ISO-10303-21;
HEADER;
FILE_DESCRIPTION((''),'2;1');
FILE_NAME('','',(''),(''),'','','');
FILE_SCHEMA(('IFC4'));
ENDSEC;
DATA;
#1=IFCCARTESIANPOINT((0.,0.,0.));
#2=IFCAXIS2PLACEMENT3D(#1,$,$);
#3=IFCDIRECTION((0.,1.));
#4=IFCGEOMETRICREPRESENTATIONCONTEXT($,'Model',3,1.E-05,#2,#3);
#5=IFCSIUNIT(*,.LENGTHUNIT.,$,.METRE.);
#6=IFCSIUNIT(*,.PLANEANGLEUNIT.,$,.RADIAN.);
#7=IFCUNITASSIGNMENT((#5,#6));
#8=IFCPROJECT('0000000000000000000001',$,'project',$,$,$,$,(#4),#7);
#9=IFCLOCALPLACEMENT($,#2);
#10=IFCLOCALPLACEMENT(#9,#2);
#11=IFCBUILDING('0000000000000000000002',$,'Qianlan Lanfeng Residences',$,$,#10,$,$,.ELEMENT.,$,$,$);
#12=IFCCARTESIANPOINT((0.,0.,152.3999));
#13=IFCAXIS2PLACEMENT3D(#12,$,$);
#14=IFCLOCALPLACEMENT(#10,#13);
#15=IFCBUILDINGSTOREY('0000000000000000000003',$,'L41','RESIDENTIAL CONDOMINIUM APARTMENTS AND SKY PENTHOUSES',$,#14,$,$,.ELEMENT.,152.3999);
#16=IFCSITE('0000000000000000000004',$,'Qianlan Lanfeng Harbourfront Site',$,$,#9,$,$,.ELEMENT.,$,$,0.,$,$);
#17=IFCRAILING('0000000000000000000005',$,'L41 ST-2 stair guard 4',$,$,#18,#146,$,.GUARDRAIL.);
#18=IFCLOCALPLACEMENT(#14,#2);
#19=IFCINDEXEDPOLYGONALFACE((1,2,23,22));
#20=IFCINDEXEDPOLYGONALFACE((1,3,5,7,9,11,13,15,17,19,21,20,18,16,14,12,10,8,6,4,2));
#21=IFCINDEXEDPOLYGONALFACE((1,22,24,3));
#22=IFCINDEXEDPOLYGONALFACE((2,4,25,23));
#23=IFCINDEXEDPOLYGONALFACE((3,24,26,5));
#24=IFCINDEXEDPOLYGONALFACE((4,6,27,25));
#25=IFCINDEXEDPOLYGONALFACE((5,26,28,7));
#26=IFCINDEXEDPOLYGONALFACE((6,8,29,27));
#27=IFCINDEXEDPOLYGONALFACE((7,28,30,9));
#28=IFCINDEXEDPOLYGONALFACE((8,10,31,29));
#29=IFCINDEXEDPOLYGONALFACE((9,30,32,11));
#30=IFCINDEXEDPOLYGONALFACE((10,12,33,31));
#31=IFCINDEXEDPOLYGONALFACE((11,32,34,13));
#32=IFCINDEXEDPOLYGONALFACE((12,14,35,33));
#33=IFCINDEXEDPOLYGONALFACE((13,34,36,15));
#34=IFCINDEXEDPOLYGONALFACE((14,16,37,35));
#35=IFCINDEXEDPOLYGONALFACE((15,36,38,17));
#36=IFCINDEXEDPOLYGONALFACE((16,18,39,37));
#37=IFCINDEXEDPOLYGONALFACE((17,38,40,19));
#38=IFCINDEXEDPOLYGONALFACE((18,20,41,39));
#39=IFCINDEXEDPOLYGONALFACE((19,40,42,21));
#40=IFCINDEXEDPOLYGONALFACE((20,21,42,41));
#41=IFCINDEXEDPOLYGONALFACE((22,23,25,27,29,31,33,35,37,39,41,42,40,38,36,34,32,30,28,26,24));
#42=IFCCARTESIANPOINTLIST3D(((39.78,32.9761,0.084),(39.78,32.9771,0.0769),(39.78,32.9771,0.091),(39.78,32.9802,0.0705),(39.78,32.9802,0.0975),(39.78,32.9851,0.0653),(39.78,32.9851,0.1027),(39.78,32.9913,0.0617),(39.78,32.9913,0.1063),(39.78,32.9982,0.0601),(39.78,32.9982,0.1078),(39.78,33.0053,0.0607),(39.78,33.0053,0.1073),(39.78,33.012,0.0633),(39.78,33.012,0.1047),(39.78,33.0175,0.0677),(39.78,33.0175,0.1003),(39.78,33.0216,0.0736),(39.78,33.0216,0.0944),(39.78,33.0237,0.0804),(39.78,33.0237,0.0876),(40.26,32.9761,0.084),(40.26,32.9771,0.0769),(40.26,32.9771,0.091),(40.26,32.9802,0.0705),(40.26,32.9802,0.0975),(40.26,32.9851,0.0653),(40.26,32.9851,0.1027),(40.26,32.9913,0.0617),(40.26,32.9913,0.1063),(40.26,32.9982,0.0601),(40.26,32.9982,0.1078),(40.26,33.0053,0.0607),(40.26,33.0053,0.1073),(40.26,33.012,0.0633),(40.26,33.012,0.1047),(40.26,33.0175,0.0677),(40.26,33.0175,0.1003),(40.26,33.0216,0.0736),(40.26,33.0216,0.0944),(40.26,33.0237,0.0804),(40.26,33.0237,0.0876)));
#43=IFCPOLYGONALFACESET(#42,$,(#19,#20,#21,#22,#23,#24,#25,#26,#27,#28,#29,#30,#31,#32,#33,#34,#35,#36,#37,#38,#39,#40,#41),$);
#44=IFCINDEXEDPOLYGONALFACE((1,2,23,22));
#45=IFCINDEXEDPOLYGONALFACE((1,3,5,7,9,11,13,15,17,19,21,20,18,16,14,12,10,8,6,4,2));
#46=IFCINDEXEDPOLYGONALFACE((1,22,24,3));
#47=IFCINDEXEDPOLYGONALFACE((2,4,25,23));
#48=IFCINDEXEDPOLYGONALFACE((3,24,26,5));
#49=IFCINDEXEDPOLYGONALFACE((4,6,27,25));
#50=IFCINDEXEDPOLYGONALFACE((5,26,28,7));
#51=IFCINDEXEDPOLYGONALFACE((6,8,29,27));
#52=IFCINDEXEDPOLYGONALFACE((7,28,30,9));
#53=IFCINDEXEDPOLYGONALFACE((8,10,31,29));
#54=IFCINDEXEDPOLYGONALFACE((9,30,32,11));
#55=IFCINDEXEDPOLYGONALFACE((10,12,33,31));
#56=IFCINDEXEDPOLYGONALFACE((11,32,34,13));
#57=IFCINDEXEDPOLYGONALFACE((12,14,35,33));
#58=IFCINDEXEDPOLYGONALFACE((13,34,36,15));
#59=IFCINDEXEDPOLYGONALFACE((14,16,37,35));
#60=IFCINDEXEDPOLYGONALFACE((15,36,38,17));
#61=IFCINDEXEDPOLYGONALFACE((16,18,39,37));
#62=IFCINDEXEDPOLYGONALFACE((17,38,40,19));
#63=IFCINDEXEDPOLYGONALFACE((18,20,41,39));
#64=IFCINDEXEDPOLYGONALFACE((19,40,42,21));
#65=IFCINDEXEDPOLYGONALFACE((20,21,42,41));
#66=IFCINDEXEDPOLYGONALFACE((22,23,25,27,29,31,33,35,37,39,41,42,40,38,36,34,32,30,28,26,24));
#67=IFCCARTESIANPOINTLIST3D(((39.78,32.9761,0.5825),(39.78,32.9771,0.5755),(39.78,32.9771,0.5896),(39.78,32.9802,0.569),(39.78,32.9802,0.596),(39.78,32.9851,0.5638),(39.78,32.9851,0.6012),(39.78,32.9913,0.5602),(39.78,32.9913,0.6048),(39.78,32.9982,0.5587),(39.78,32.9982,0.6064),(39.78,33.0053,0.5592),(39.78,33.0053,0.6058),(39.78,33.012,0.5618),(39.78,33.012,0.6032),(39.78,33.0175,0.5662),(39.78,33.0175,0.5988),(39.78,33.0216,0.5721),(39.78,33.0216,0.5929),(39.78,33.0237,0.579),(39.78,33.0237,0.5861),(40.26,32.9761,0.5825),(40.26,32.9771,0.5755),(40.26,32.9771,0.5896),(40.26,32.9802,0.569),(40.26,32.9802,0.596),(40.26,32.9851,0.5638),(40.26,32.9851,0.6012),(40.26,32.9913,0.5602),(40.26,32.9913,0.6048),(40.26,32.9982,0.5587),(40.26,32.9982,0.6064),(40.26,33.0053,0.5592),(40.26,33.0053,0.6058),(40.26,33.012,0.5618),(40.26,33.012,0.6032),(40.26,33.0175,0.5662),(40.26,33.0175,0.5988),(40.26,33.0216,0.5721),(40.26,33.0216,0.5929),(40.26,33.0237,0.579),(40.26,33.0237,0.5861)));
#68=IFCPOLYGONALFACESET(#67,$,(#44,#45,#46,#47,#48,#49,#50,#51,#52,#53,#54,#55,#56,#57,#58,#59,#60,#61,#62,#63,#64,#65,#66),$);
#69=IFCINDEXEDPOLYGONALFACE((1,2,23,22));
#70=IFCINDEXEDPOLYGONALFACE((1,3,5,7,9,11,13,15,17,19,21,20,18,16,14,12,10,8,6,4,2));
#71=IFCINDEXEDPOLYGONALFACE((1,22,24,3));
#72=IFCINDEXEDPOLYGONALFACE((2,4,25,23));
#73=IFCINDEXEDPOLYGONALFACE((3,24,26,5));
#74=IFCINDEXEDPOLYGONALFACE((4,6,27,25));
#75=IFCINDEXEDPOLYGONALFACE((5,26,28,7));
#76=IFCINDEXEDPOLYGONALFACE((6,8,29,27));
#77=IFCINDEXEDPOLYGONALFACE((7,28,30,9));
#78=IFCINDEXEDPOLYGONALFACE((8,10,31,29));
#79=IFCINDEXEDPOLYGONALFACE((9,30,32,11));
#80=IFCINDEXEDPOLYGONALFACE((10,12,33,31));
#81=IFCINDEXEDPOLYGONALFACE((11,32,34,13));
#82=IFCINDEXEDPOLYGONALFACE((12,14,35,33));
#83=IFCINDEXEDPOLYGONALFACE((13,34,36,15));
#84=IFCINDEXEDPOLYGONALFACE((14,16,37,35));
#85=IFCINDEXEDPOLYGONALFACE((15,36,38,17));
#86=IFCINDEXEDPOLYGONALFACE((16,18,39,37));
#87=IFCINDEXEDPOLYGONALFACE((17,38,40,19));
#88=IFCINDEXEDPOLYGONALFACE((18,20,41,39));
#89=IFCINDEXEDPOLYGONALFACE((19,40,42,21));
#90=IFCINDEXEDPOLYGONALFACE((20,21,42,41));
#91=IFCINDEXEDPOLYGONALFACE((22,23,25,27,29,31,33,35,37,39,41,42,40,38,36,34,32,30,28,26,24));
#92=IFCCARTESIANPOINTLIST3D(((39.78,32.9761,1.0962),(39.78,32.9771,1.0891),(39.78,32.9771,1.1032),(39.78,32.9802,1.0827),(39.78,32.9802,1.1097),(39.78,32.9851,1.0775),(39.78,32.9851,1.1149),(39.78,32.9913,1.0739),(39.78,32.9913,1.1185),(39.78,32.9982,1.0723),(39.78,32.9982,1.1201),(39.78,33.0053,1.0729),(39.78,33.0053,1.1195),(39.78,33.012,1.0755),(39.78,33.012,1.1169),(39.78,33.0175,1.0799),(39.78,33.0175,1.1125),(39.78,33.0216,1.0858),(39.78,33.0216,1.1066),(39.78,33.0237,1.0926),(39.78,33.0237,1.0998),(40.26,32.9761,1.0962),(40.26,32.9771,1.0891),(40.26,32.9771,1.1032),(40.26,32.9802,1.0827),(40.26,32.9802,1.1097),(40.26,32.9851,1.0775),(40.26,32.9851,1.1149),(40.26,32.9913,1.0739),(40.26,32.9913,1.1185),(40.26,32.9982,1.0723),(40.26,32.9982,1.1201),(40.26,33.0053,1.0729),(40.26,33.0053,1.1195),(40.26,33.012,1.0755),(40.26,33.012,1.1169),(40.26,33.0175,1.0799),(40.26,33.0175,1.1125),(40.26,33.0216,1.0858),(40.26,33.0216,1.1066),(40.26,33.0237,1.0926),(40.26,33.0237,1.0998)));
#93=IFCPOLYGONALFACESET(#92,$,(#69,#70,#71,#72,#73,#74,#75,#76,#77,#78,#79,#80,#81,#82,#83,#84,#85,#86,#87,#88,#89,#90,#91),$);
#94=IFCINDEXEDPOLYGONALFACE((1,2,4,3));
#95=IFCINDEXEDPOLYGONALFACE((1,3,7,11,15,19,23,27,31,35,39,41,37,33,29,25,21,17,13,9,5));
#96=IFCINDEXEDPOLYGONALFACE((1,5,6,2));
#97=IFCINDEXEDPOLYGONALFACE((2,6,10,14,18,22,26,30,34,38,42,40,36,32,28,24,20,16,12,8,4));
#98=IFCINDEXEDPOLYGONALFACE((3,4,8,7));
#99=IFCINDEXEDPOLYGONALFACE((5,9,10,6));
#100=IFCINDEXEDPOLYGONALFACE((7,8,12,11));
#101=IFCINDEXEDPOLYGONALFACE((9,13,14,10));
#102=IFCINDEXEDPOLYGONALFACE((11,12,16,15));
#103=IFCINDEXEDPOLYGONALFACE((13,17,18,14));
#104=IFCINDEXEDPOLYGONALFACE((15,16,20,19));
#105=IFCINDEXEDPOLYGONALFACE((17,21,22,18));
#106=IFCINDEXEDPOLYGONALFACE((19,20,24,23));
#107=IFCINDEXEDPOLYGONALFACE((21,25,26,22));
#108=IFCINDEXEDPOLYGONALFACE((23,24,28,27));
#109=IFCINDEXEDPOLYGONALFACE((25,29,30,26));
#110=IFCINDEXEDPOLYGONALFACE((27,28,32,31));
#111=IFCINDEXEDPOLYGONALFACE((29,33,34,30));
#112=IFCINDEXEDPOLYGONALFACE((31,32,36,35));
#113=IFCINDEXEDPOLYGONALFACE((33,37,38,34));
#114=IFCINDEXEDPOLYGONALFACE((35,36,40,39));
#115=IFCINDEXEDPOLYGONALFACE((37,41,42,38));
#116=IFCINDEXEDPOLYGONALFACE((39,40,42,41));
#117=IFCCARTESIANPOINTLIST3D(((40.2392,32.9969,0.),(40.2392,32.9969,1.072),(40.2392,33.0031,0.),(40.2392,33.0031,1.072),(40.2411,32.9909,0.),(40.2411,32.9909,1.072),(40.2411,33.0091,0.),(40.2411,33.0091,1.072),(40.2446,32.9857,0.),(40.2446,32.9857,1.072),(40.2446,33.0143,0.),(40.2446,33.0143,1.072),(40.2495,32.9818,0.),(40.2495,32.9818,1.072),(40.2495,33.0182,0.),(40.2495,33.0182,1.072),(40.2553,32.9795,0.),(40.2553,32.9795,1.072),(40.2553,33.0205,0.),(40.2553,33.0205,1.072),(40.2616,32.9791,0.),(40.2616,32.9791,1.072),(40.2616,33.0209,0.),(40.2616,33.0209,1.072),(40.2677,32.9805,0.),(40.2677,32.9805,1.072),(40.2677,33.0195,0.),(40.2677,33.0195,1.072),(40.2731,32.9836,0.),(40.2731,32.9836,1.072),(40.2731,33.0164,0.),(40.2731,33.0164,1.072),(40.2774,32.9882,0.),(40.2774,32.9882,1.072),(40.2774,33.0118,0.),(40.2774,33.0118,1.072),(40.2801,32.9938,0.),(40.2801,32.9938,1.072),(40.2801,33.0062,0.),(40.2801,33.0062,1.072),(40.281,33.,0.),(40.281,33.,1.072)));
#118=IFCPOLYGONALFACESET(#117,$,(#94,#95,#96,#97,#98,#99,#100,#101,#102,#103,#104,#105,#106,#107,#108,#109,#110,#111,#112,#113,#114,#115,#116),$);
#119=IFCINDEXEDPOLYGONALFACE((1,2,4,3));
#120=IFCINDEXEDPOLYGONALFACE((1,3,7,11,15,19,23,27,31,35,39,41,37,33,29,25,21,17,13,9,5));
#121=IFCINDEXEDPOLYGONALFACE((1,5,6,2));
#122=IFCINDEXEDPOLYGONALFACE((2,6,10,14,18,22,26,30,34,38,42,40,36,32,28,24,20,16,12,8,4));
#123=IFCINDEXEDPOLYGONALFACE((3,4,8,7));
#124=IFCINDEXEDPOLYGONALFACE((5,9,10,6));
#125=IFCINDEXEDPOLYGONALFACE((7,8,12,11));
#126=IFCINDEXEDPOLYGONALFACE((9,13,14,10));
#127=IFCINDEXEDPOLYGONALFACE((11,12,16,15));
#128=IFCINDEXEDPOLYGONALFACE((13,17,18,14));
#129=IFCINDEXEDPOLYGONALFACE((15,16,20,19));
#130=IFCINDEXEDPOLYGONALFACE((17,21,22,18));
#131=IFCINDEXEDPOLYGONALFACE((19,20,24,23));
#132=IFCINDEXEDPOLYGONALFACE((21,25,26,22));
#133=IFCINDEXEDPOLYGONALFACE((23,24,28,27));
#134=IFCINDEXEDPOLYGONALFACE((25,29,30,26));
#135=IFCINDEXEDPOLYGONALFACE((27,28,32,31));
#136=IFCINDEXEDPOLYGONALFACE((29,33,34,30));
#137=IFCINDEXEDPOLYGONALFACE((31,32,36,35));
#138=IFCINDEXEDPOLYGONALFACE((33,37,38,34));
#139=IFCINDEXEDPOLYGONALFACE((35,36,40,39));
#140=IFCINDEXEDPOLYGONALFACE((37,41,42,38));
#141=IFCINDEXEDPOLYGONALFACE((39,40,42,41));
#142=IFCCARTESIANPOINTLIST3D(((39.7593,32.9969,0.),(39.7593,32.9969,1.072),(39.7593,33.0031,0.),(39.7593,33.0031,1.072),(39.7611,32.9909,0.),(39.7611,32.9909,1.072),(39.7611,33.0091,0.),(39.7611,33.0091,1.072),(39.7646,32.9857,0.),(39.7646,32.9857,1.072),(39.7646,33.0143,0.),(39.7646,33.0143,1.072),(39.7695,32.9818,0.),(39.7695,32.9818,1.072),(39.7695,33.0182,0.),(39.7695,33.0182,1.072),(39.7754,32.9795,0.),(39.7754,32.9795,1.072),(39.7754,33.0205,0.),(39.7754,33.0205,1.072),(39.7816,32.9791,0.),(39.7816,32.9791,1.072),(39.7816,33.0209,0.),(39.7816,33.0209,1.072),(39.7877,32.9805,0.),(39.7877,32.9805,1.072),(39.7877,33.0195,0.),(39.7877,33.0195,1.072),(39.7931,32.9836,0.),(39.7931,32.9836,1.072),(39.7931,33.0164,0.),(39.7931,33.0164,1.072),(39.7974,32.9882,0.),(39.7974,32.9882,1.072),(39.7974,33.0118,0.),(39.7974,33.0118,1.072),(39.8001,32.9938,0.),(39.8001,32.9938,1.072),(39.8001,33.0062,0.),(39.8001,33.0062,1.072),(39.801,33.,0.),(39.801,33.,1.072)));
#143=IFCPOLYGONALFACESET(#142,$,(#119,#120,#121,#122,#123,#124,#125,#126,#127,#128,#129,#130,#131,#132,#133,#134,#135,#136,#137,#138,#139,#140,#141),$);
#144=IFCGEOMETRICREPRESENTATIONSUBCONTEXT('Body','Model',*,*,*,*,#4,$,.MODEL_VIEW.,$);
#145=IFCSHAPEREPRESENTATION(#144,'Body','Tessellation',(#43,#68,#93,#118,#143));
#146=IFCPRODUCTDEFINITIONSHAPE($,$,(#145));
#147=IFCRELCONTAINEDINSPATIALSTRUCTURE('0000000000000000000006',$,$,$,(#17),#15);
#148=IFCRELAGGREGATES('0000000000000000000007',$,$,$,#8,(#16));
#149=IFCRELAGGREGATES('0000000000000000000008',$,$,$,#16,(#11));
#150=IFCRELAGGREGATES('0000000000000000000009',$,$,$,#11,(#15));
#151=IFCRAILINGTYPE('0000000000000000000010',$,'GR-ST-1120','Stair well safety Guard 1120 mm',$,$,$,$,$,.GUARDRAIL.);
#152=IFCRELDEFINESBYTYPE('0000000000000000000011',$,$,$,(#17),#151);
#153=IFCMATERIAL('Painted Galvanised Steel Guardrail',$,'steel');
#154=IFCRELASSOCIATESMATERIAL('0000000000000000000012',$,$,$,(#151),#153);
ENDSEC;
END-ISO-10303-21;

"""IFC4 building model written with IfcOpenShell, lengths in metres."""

from ifc_helpers import new_model, si_unit, direction, frame, origin, origin_2d, place, context, subcontext, project, spatial, circle, extrude, material, type_object, element, save


model = new_model("IFC4")

# Units and contexts
model_context = context("Model", 3, precision=1e-05, world=origin(), true_north=direction((0.0, 1.0)))
body_context = subcontext(model_context, "Body", "Model", "MODEL_VIEW")
ifc_project = project(units=[si_unit("LENGTHUNIT", "METRE"), si_unit("PLANEANGLEUNIT", "RADIAN")], contexts=[model_context])

# Site, building, storey
site_placement = place(None, origin())
site = spatial("IfcSite", under=ifc_project, at=site_placement, Name="Qianlan Lanfeng Harbourfront Site", CompositionType="ELEMENT", RefElevation=0.0)
building_placement = place(site_placement, origin())
building = spatial("IfcBuilding", under=site, at=building_placement, Name="Qianlan Lanfeng Residences", CompositionType="ELEMENT")
storey_placement = place(building_placement, frame((0.0, 0.0, 152.3999)))
storey = spatial("IfcBuildingStorey", under=building, at=storey_placement, Name="L41", Description="RESIDENTIAL CONDOMINIUM APARTMENTS AND SKY PENTHOUSES", CompositionType="ELEMENT", Elevation=152.3999)

# Railing
ifc_material_1 = material(Name="Painted Galvanised Steel Guardrail", Category="steel")
railing_type_1 = type_object("IfcRailingType", Name="GR-ST-1120", Description="Stair well safety Guard 1120 mm", PredefinedType="GUARDRAIL", material=ifc_material_1)
railing_1_placement = place(storey_placement, frame((40.26, 33.0, 0.0)))
element("IfcRailing", 1, at=railing_1_placement, inside=storey, type_object=railing_type_1, Name="L41 ST-2 stair guard 4", PredefinedType="GUARDRAIL", context=body_context, shape_type="SweptSolid", body=[
    extrude(circle(Radius=0.0239, at=origin_2d()), frame((0.0, 0.0, 0.084), z_axis=(-1.0, 0.0, 0.0), x_axis=(0.0, -1.0, 0.0)), (0.0, 0.0, 1.0), 0.48),
    extrude(circle(Radius=0.0239, at=origin_2d()), frame((0.0, 0.0, 0.5825), z_axis=(-1.0, 0.0, 0.0), x_axis=(0.0, -1.0, 0.0)), (0.0, 0.0, 1.0), 0.48),
    extrude(circle(Radius=0.0239, at=origin_2d()), frame((0.0, 0.0, 1.0962), z_axis=(-1.0, 0.0, 0.0), x_axis=(0.0, -1.0, 0.0)), (0.0, 0.0, 1.0), 0.48),
    extrude(circle(Radius=0.021, at=origin_2d()), origin(), (0.0, 0.0, 1.0), 1.072),
    extrude(circle(Radius=0.021, at=origin_2d()), frame((-0.48, 0.0, 0.0)), (0.0, 0.0, 1.0), 1.072),
])

save(model, "model.ifc")
